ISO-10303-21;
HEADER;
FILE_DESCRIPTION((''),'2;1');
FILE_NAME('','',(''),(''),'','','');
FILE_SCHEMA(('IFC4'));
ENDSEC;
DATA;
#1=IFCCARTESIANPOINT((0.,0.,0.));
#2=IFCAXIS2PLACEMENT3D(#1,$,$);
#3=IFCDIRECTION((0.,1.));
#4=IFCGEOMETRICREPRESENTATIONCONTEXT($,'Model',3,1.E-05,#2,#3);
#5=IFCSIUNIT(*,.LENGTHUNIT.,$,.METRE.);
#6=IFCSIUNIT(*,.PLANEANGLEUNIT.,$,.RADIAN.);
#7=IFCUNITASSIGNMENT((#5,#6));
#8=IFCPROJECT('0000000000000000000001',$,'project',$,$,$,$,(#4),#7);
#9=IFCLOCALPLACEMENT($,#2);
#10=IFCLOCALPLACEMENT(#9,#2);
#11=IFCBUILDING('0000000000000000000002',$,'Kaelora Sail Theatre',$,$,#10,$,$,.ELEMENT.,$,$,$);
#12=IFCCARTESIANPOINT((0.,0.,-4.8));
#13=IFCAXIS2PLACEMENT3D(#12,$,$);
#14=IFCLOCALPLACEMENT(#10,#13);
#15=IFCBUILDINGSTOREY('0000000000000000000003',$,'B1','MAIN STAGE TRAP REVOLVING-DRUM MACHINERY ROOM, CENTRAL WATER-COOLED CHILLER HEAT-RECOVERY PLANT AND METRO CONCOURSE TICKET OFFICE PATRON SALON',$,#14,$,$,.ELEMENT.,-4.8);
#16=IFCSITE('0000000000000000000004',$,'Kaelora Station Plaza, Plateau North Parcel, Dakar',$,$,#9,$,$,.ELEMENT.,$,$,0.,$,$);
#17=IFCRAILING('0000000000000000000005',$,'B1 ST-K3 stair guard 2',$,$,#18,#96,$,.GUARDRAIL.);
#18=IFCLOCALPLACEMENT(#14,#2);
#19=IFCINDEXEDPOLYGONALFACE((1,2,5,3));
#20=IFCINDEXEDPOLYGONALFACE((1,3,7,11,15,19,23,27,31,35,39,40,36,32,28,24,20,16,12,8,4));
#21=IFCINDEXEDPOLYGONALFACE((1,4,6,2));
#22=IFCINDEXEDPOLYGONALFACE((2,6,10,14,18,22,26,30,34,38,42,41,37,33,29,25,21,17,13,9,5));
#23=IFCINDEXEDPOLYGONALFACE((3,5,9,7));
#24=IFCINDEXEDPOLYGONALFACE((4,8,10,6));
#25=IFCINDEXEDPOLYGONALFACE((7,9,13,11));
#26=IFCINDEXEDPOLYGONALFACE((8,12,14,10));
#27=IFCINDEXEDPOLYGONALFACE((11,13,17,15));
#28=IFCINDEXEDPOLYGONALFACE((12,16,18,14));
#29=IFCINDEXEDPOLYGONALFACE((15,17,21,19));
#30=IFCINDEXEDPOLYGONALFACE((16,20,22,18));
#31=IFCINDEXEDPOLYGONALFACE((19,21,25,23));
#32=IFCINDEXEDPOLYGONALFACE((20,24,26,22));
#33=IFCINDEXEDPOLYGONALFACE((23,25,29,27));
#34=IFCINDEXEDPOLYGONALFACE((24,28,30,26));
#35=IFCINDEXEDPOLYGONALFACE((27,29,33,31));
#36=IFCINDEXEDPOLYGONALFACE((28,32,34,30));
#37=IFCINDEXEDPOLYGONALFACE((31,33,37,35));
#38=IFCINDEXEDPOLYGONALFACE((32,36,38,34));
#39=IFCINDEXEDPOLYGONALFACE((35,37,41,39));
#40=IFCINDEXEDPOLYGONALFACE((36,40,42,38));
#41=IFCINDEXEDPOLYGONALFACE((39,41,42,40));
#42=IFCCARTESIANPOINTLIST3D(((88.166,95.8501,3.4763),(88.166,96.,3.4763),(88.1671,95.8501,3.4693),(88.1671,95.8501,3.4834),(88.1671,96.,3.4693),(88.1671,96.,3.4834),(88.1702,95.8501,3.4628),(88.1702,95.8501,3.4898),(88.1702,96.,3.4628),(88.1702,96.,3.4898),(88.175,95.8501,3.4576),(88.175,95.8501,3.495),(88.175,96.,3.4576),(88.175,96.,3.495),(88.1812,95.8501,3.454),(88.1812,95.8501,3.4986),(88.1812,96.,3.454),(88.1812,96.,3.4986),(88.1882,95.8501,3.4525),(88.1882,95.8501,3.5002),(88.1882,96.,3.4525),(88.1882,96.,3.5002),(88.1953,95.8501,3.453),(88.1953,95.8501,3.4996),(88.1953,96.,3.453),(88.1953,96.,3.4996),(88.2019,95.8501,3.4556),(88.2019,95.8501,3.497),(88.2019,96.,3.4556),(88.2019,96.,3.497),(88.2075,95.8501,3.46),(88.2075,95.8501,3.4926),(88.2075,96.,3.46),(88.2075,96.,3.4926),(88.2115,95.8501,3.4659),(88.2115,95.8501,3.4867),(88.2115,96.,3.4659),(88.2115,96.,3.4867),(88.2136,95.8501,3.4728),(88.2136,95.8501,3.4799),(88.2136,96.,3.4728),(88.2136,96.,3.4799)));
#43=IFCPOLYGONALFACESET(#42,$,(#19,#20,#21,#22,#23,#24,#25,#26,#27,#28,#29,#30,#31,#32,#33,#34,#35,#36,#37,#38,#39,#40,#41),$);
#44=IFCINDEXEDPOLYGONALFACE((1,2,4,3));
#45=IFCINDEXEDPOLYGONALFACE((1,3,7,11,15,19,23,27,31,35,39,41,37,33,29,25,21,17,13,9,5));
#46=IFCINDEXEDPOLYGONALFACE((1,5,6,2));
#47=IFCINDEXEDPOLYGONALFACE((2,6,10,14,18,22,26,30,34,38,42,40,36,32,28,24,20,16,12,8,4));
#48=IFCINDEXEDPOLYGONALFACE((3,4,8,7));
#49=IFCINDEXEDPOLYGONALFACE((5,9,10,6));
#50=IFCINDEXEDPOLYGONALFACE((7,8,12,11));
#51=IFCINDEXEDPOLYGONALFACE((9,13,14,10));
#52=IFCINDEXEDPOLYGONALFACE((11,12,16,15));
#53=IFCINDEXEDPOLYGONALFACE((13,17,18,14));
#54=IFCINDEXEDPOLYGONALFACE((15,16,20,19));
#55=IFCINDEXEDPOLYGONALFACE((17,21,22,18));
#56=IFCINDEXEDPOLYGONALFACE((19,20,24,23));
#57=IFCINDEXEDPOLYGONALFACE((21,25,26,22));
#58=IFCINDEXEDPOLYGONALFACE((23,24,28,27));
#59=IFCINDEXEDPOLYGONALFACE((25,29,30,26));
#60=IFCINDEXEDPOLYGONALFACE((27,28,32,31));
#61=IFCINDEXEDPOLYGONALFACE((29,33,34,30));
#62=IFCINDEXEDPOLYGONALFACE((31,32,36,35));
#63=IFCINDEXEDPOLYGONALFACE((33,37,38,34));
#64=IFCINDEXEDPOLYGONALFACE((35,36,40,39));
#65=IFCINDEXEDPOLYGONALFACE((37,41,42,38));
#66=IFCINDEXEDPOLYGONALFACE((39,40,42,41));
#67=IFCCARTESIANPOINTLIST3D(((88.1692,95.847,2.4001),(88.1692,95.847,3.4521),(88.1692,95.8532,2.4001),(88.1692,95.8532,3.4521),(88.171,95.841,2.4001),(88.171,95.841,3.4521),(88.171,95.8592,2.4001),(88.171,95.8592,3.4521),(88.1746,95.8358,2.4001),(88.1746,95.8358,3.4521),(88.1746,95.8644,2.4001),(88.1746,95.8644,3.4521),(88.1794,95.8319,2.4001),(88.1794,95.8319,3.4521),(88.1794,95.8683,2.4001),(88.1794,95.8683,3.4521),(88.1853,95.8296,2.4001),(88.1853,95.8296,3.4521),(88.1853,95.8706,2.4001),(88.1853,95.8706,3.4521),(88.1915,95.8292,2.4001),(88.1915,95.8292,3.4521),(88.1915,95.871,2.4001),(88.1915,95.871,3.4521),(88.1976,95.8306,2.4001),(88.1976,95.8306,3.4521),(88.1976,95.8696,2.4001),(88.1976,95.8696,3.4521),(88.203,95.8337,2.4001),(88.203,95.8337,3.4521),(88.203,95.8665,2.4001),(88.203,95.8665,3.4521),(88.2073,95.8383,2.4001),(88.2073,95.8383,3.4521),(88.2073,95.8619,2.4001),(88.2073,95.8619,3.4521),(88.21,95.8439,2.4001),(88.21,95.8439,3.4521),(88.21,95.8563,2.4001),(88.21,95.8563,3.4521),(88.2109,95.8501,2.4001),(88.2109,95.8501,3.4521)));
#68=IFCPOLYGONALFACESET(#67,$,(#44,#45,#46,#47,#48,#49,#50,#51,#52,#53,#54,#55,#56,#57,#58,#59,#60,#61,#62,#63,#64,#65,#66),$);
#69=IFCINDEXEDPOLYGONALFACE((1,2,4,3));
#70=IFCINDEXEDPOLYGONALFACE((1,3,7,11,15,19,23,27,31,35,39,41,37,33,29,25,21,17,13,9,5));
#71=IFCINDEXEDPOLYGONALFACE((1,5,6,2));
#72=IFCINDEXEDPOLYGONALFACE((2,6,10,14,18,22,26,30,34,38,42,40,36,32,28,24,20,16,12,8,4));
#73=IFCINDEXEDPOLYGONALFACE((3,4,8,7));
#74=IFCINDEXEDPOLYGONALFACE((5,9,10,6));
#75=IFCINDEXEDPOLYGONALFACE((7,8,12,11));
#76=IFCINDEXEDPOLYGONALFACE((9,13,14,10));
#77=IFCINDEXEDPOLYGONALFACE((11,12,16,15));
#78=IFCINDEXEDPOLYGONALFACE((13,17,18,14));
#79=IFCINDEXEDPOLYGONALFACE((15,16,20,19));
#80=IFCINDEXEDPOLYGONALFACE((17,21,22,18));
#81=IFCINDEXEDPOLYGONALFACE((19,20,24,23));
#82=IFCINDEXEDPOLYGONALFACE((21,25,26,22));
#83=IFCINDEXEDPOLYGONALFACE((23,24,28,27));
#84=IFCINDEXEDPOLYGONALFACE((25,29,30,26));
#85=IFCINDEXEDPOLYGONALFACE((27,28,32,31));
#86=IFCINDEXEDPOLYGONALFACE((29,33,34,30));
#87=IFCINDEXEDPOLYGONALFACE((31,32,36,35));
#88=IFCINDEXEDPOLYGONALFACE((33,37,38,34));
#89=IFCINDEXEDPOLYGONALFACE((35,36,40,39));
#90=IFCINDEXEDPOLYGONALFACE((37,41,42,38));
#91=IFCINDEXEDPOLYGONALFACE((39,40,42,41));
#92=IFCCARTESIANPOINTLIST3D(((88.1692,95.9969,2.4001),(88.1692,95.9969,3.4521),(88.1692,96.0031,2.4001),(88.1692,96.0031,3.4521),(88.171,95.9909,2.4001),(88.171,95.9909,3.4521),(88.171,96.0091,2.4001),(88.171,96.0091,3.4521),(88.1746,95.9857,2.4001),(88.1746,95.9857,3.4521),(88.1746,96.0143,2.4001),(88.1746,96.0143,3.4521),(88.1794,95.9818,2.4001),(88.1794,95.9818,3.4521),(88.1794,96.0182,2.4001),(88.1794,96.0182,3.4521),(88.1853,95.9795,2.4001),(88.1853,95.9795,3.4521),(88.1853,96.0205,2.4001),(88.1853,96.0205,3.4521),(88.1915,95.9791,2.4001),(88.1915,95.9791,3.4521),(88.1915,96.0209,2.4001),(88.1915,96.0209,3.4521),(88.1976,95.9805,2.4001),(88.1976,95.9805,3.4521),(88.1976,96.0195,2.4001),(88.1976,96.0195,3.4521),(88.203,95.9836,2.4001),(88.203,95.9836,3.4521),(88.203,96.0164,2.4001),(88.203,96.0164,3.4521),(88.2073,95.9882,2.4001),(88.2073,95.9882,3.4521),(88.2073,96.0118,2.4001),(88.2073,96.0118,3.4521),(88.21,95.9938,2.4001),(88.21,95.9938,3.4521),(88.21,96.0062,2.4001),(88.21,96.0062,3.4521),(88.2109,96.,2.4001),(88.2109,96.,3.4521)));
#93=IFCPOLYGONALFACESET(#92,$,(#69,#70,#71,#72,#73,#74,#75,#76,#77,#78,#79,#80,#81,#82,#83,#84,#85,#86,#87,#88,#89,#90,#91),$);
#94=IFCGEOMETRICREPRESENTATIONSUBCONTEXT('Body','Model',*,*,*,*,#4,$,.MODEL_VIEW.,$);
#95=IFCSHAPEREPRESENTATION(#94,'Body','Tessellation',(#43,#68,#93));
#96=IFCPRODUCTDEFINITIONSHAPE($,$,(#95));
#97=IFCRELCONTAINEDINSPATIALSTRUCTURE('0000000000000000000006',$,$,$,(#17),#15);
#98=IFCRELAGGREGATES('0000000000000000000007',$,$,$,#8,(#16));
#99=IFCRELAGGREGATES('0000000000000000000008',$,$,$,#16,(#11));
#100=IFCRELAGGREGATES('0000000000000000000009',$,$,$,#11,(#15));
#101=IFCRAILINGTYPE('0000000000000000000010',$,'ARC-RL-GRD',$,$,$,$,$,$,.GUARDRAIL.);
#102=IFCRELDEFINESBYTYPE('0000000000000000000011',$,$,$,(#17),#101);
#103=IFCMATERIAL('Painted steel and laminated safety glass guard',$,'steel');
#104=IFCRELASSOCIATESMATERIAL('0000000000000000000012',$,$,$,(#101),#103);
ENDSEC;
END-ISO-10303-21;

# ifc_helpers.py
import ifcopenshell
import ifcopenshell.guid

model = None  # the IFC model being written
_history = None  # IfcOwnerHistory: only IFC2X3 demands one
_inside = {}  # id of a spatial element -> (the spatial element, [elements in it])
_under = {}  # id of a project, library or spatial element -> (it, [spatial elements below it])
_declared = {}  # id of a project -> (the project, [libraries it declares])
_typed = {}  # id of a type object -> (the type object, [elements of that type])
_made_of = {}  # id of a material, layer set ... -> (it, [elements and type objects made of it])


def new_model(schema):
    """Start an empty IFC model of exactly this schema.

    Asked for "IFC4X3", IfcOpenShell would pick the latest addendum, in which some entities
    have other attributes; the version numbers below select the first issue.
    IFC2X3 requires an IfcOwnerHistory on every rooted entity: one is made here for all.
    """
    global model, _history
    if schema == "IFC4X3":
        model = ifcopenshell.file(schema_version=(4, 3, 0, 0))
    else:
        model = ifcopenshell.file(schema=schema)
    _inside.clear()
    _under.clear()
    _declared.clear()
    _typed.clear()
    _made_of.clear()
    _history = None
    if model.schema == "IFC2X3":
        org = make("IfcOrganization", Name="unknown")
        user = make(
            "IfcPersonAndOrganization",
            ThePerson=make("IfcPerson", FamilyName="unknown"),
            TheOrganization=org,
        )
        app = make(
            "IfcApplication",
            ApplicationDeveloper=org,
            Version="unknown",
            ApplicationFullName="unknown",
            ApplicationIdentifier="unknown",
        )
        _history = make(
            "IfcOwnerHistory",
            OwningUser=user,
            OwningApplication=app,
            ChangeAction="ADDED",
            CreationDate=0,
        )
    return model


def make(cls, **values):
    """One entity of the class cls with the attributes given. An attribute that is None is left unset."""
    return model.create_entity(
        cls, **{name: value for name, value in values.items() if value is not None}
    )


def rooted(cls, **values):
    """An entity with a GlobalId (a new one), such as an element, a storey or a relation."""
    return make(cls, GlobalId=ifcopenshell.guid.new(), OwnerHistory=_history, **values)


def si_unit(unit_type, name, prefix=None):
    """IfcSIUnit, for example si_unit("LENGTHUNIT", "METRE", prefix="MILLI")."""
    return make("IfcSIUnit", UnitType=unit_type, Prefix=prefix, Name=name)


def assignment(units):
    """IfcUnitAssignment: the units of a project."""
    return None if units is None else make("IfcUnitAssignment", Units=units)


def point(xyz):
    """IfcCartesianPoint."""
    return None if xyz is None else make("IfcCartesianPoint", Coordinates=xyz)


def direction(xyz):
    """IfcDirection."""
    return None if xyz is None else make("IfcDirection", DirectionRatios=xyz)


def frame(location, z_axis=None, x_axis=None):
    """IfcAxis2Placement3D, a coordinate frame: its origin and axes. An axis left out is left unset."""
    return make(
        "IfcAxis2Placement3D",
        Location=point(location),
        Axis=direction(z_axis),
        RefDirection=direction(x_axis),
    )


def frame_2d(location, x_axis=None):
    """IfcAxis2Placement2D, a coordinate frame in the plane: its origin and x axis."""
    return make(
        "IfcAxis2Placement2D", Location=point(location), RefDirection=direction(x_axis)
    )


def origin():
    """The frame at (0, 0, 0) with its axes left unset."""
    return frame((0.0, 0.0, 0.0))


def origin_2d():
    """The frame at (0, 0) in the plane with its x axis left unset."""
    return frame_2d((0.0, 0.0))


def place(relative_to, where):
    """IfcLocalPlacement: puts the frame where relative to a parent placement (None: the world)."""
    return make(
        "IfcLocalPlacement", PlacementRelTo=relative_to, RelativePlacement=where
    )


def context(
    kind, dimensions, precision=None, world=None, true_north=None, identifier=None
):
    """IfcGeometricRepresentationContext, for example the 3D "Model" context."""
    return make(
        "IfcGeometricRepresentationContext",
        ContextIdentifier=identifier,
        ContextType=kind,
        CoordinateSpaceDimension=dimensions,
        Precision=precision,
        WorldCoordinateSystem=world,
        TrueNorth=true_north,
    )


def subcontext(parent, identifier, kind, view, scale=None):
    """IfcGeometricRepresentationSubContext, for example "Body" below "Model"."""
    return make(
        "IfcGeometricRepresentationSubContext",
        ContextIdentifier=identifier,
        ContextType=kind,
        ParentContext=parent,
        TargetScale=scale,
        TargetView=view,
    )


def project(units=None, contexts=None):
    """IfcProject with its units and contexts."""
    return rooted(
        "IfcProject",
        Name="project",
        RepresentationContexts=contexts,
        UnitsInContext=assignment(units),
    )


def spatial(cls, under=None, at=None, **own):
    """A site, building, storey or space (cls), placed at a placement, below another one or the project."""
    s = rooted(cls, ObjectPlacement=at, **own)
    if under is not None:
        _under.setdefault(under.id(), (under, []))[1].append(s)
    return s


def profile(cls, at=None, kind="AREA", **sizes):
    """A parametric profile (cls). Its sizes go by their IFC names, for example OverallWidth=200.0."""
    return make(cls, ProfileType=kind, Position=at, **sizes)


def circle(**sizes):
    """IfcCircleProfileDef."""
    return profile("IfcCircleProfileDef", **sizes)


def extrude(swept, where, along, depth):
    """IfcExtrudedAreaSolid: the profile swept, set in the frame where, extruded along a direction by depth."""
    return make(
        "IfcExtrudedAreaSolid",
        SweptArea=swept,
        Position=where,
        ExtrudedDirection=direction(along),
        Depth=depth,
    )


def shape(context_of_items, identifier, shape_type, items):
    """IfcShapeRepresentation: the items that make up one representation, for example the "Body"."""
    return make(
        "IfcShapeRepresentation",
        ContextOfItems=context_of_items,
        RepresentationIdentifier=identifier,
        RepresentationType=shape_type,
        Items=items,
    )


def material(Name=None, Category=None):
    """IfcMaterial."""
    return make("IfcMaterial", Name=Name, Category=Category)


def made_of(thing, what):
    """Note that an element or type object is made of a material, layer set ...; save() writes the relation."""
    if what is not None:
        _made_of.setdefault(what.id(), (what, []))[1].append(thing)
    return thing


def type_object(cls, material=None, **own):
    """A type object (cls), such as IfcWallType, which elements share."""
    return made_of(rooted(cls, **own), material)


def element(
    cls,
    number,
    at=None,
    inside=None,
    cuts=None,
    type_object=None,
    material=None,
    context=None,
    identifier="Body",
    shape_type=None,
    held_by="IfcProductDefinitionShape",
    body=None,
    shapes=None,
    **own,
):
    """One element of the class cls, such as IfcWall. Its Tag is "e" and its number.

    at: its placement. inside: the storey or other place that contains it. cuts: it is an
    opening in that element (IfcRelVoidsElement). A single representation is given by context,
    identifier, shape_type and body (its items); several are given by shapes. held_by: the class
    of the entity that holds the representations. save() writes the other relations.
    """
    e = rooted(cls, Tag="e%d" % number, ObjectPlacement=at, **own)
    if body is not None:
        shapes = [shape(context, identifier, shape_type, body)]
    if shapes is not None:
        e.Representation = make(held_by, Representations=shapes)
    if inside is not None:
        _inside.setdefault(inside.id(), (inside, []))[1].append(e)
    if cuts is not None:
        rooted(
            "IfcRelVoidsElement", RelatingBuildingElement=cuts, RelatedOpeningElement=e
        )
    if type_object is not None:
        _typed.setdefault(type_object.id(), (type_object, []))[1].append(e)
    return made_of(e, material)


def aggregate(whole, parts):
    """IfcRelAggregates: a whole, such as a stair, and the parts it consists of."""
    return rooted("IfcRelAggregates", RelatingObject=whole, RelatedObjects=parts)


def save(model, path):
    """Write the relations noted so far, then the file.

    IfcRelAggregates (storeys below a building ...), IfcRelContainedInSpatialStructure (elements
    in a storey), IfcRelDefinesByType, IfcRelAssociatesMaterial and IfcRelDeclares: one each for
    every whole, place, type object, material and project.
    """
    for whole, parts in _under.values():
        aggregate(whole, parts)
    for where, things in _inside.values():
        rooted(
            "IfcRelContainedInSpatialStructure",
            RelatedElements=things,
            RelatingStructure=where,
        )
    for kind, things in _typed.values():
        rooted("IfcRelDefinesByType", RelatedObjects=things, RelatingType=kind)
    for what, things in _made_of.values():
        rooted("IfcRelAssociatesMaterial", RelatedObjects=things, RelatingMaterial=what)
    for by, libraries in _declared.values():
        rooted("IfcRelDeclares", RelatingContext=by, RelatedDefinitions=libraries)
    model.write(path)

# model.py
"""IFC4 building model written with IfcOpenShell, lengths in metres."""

from ifc_helpers import new_model, si_unit, direction, frame, origin, origin_2d, place, context, subcontext, project, spatial, circle, extrude, material, type_object, element, save


model = new_model("IFC4")

# Units and contexts
model_context = context("Model", 3, precision=1e-05, world=origin(), true_north=direction((0.0, 1.0)))
body_context = subcontext(model_context, "Body", "Model", "MODEL_VIEW")
ifc_project = project(units=[si_unit("LENGTHUNIT", "METRE"), si_unit("PLANEANGLEUNIT", "RADIAN")], contexts=[model_context])

# Site, building, storey
site_placement = place(None, origin())
site = spatial("IfcSite", under=ifc_project, at=site_placement, Name="Kaelora Station Plaza, Plateau North Parcel, Dakar", CompositionType="ELEMENT", RefElevation=0.0)
building_placement = place(site_placement, origin())
building = spatial("IfcBuilding", under=site, at=building_placement, Name="Kaelora Sail Theatre", CompositionType="ELEMENT")
storey_placement = place(building_placement, frame((0.0, 0.0, -4.8)))
storey = spatial("IfcBuildingStorey", under=building, at=storey_placement, Name="B1", Description="MAIN STAGE TRAP REVOLVING-DRUM MACHINERY ROOM, CENTRAL WATER-COOLED CHILLER HEAT-RECOVERY PLANT AND METRO CONCOURSE TICKET OFFICE PATRON SALON", CompositionType="ELEMENT", Elevation=-4.8)

# Railing
ifc_material_1 = material(Name="Painted steel and laminated safety glass guard", Category="steel")
railing_type_1 = type_object("IfcRailingType", Name="ARC-RL-GRD", PredefinedType="GUARDRAIL", material=ifc_material_1)
railing_1_placement = place(storey_placement, frame((88.1899, 95.8501, 2.4001)))
element("IfcRailing", 1, at=railing_1_placement, inside=storey, type_object=railing_type_1, Name="B1 ST-K3 stair guard 2", PredefinedType="GUARDRAIL", context=body_context, shape_type="SweptSolid", body=[
    extrude(circle(Radius=0.0239, at=origin_2d()), frame((0.0, 0.0, 1.0762), z_axis=(0.0, 1.0, 0.0), x_axis=(-1.0, 0.0, 0.0)), (0.0, 0.0, 1.0), 0.1499),
    extrude(circle(Radius=0.021, at=origin_2d()), origin(), (0.0, 0.0, 1.0), 1.052),
    extrude(circle(Radius=0.021, at=origin_2d()), frame((0.0, 0.1499, 0.0)), (0.0, 0.0, 1.0), 1.052),
])

save(model, "model.ifc")
